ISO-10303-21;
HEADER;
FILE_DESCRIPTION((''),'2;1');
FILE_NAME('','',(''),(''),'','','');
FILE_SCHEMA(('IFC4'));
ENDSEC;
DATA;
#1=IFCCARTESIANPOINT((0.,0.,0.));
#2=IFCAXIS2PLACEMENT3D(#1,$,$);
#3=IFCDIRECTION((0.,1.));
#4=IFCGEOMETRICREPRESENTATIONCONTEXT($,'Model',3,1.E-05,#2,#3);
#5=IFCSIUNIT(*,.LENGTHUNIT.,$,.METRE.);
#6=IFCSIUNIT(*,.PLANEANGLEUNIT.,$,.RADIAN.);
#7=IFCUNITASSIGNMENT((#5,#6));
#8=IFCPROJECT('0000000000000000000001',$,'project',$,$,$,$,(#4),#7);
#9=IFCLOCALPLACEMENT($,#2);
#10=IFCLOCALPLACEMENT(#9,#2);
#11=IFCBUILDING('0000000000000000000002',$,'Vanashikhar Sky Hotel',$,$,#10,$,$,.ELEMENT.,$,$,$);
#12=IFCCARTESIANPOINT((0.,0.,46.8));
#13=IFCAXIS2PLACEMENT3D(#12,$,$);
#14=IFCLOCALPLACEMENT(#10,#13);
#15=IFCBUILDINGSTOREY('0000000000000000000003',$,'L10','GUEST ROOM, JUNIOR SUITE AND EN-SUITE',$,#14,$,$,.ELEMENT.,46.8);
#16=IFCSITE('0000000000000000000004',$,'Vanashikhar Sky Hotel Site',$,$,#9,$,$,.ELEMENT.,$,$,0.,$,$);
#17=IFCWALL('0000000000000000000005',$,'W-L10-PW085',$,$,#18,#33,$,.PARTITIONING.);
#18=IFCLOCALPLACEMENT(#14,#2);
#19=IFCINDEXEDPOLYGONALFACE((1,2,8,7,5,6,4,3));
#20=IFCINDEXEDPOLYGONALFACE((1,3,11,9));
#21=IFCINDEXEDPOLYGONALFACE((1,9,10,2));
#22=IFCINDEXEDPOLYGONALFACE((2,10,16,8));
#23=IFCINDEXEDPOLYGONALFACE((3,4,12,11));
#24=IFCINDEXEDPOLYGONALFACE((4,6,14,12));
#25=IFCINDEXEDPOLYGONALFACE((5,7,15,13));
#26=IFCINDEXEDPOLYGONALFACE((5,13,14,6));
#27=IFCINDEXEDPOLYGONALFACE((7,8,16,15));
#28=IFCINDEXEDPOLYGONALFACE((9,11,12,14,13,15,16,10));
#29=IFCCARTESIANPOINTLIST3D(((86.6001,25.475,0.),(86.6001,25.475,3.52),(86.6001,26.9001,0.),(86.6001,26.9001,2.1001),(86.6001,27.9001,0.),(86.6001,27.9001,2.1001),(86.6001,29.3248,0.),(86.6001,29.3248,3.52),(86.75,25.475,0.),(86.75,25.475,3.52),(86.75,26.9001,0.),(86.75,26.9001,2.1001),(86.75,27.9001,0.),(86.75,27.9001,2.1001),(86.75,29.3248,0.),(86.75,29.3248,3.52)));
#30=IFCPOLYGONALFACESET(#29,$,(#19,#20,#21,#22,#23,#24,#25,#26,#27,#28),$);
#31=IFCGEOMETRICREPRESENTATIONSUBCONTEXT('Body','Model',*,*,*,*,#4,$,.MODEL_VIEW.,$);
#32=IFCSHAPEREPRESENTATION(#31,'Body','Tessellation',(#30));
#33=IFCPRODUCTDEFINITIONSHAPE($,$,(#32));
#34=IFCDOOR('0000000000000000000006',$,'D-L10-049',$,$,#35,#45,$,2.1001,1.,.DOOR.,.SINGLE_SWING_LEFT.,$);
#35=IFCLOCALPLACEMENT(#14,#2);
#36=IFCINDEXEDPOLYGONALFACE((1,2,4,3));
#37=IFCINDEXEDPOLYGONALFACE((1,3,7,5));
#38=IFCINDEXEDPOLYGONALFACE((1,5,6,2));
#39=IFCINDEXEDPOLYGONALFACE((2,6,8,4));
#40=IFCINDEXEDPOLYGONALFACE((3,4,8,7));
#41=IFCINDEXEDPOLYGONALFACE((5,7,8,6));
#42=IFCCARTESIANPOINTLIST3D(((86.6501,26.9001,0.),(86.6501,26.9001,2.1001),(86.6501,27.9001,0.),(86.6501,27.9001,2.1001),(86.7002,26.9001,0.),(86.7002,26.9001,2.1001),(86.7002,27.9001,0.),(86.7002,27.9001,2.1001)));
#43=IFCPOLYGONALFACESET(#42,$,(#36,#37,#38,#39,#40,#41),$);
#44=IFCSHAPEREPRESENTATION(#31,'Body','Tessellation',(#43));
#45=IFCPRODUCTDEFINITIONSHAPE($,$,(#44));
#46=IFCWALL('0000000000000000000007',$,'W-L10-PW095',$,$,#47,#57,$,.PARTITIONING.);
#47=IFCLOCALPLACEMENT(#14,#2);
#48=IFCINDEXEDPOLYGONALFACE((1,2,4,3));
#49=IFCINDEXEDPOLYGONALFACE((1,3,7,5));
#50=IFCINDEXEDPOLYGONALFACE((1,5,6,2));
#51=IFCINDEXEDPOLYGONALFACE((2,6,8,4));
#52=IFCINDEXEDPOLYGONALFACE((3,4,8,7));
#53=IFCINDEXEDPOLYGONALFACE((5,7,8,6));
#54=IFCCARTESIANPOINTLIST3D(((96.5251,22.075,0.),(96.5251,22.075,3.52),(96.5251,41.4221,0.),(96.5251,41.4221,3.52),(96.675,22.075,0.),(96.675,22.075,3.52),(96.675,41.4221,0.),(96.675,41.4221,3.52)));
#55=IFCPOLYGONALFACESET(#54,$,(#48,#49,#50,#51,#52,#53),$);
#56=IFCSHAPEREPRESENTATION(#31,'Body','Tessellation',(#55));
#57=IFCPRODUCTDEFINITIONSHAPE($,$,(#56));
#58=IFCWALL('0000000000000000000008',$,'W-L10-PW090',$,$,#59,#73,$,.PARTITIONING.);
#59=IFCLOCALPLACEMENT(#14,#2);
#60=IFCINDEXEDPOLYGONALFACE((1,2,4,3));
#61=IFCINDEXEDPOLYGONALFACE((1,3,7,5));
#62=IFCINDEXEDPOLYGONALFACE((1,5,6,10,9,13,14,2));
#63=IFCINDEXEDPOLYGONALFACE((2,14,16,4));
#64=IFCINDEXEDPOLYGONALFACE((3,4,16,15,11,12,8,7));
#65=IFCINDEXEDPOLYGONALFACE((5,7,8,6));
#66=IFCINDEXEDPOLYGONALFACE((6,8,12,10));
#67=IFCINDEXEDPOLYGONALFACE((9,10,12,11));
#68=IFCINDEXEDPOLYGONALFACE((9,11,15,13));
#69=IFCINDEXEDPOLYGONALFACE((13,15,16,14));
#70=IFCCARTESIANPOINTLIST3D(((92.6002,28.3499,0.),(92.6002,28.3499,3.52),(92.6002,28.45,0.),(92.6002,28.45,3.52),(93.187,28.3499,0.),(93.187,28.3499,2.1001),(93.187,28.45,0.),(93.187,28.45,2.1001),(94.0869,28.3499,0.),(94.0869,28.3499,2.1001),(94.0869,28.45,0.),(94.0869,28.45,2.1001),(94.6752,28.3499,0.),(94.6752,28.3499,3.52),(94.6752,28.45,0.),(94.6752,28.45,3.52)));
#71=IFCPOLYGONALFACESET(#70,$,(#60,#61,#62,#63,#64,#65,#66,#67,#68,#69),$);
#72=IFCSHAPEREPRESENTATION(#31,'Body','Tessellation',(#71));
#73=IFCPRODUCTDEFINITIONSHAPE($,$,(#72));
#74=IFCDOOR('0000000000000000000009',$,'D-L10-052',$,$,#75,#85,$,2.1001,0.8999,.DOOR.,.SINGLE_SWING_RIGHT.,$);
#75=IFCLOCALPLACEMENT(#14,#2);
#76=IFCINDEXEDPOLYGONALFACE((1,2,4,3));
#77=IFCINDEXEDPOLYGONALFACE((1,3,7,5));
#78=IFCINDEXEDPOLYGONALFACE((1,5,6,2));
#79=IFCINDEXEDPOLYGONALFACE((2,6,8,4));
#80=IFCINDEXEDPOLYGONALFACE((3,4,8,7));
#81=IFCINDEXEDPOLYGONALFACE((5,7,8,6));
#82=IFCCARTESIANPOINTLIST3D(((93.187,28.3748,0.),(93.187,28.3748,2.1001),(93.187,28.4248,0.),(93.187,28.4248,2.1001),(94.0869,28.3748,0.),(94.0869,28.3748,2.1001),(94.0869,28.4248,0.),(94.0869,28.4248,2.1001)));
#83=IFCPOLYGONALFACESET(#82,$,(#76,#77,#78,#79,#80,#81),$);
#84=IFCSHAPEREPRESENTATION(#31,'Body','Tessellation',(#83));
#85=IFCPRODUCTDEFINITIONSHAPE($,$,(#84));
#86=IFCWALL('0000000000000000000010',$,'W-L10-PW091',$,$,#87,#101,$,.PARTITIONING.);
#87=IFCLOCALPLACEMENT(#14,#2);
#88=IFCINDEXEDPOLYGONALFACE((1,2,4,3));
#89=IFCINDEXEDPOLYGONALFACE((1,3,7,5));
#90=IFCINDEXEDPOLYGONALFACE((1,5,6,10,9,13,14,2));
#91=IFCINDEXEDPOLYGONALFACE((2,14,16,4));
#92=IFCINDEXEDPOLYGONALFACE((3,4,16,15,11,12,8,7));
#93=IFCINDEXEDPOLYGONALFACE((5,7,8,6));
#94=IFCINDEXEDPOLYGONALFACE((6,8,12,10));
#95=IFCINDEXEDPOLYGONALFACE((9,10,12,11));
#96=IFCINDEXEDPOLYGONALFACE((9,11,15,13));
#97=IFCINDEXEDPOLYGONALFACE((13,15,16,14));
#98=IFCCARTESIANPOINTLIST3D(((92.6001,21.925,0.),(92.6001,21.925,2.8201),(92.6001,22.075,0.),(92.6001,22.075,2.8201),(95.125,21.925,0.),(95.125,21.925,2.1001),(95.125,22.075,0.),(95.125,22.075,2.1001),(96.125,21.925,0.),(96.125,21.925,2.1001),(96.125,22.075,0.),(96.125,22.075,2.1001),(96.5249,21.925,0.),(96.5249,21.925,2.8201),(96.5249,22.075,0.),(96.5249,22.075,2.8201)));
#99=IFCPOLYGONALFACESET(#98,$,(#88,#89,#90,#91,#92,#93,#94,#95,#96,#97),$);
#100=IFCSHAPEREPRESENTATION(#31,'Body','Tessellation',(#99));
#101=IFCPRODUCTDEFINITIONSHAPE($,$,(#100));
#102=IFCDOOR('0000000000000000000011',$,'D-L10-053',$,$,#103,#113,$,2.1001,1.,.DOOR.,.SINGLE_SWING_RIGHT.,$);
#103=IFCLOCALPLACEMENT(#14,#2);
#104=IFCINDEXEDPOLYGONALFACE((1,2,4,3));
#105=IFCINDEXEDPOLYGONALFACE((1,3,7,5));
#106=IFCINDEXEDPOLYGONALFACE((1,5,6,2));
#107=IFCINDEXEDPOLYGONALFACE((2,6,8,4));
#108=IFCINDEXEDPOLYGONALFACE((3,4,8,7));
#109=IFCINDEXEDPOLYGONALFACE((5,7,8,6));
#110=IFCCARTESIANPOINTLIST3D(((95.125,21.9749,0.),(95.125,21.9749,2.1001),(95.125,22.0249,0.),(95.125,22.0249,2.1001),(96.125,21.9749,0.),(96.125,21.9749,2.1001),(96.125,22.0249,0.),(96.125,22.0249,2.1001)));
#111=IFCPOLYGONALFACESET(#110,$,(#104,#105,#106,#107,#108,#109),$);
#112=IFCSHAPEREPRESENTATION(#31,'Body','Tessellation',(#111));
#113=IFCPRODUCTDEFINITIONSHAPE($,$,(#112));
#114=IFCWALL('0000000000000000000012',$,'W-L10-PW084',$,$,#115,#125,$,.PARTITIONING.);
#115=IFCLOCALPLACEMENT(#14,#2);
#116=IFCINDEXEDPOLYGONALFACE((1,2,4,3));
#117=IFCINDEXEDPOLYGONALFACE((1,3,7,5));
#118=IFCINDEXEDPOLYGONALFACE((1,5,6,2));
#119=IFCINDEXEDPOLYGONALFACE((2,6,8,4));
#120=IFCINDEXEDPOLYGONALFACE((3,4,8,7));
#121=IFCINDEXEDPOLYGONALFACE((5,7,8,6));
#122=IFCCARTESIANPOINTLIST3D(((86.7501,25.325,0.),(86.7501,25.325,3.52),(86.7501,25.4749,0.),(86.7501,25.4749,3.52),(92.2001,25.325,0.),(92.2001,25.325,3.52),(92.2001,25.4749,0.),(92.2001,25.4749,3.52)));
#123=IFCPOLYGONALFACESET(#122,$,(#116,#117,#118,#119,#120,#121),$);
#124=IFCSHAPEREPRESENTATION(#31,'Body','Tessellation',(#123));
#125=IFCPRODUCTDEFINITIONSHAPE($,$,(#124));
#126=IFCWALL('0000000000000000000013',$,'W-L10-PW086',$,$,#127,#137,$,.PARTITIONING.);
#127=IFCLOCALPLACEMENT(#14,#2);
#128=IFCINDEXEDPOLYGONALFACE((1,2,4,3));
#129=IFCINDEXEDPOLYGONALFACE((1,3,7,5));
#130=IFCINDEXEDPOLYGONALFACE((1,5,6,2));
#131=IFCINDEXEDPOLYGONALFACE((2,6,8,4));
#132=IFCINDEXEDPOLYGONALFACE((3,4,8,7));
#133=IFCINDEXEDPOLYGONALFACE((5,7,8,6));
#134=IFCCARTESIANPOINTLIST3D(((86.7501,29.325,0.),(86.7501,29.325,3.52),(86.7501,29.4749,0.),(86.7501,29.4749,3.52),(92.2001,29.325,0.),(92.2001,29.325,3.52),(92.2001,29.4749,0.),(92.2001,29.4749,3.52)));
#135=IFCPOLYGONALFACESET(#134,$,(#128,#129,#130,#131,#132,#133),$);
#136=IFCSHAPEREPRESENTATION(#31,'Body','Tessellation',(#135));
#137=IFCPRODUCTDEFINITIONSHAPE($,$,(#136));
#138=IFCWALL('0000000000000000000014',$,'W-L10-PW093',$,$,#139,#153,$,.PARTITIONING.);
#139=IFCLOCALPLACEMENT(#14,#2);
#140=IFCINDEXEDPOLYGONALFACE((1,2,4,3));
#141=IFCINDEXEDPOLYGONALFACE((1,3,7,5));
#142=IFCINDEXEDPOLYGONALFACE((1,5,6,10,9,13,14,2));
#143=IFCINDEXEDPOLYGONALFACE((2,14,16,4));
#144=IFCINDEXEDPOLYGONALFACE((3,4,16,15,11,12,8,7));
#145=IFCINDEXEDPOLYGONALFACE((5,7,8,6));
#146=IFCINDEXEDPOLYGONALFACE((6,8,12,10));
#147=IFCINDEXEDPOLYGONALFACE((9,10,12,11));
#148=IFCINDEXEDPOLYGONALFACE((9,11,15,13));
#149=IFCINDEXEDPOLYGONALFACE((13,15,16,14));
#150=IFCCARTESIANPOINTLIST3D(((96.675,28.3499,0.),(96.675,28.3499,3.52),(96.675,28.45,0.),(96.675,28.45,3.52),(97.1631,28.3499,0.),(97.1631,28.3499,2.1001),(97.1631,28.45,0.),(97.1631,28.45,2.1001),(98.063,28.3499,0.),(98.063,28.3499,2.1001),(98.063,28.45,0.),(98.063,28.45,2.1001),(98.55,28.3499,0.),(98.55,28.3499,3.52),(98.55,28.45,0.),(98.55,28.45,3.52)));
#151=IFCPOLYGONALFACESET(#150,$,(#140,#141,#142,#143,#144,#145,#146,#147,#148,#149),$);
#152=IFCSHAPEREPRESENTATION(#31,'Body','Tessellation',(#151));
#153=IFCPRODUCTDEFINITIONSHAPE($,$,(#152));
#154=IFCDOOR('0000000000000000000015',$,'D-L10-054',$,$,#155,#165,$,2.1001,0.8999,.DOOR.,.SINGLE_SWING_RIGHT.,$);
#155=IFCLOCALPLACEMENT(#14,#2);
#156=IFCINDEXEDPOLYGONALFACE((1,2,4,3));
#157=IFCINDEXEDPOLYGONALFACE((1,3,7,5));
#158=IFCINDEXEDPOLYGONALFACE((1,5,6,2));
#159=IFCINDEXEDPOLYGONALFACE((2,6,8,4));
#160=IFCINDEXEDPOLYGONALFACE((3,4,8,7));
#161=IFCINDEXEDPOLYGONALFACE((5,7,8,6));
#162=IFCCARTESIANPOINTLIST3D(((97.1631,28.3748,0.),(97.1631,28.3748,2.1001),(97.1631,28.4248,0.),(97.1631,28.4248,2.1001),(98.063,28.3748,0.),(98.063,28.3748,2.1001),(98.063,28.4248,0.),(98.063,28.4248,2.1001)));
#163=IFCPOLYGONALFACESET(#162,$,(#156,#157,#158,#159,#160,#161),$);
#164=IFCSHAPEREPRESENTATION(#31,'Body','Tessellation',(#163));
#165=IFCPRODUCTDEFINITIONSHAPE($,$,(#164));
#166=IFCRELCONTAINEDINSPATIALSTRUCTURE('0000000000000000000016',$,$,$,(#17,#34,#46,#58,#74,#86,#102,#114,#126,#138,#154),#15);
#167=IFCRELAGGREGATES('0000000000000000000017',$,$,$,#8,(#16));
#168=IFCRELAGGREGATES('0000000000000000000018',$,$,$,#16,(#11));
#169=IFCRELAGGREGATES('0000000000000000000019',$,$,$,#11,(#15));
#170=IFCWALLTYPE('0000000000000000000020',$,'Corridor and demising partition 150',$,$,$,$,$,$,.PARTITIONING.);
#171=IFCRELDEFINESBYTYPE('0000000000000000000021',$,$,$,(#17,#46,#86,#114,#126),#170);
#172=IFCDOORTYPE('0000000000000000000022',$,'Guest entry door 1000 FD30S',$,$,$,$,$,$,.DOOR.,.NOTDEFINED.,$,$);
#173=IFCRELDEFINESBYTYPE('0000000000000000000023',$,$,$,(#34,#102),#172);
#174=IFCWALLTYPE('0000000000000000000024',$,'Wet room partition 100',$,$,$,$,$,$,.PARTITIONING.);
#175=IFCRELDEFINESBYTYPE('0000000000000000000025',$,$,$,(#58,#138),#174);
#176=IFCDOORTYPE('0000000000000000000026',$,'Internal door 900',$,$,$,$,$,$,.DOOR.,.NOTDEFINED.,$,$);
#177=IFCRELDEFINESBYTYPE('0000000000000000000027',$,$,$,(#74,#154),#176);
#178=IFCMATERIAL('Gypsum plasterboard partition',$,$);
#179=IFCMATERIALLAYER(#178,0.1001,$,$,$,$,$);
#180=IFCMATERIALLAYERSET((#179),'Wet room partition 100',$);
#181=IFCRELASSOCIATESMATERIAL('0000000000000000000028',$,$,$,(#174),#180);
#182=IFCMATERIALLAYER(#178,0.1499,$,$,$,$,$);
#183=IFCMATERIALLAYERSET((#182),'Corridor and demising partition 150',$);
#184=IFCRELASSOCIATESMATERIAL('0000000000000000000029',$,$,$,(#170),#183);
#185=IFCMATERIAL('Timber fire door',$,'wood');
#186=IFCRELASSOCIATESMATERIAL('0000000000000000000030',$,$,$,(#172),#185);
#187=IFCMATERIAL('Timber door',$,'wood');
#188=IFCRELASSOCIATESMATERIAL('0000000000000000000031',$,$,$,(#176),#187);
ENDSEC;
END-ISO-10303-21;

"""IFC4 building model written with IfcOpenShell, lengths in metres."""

from ifc_helpers import new_model, si_unit, direction, frame, frame_2d, origin, place, context, subcontext, project, spatial, rectangle, extrude, source, transform, mapped, material, layer, layer_set, type_object, element, fill, save


model = new_model("IFC4")

# Units and contexts
model_context = context("Model", 3, precision=1e-05, world=origin(), true_north=direction((0.0, 1.0)))
body_context = subcontext(model_context, "Body", "Model", "MODEL_VIEW")
ifc_project = project(units=[si_unit("LENGTHUNIT", "METRE"), si_unit("PLANEANGLEUNIT", "RADIAN")], contexts=[model_context])

# Site, building, storey
site_placement = place(None, origin())
site = spatial("IfcSite", under=ifc_project, at=site_placement, Name="Vanashikhar Sky Hotel Site", CompositionType="ELEMENT", RefElevation=0.0)
building_placement = place(site_placement, origin())
building = spatial("IfcBuilding", under=site, at=building_placement, Name="Vanashikhar Sky Hotel", CompositionType="ELEMENT")
storey_placement = place(building_placement, frame((0.0, 0.0, 46.8)))
storey = spatial("IfcBuildingStorey", under=building, at=storey_placement, Name="L10", Description="GUEST ROOM, JUNIOR SUITE AND EN-SUITE", CompositionType="ELEMENT", Elevation=46.8)

# Shared definitions
ifc_material_1 = material(Name="Gypsum plasterboard partition")
ifc_layer_1 = layer(ifc_material_1, 0.1001)
ifc_layer_set_1 = layer_set([ifc_layer_1], Name="Wet room partition 100")
wall_type_1 = type_object("IfcWallType", Name="Wet room partition 100", PredefinedType="PARTITIONING", material=ifc_layer_set_1)

# Wall, opening, door
ifc_layer_2 = layer(ifc_material_1, 0.1499)
ifc_layer_set_2 = layer_set([ifc_layer_2], Name="Corridor and demising partition 150")
wall_type_2 = type_object("IfcWallType", Name="Corridor and demising partition 150", PredefinedType="PARTITIONING", material=ifc_layer_set_2)
shared_shape_1 = source(origin(), body_context, "Body", "SweptSolid", [
    extrude(rectangle(XDim=1.0, YDim=2.1001, at=frame_2d((0.5, 1.05))), frame((0.0, 0.085, 0.0), z_axis=(0.0, -1.0, 0.0), x_axis=(1.0, 0.0, 0.0)), (0.0, 0.0, 1.0), 0.1699),
])
ifc_material_2 = material(Name="Timber fire door", Category="wood")
door_type_1 = type_object("IfcDoorType", Name="Guest entry door 1000 FD30S", OperationType="NOTDEFINED", PredefinedType="DOOR", material=ifc_material_2)
shared_shape_2 = source(origin(), body_context, "Body", "SweptSolid", [
    extrude(rectangle(XDim=1.0, YDim=2.1001, at=frame_2d((0.5, 1.05))), frame((0.0, 0.0249, 0.0), z_axis=(0.0, -1.0, 0.0), x_axis=(1.0, 0.0, 0.0)), (0.0, 0.0, 1.0), 0.05),
])
shared_shape_3 = source(origin(), body_context, "Body", "SweptSolid", [
    extrude(rectangle(XDim=3.8499, YDim=0.1499, at=frame_2d((1.9248, 0.0))), origin(), (0.0, 0.0, 1.0), 3.52),
])
wall_1_placement = place(storey_placement, frame((86.675, 25.4751, 0.0), z_axis=(0.0, 0.0, 1.0), x_axis=(0.0, 1.0, 0.0)))
wall_1 = element("IfcWall", 1, at=wall_1_placement, inside=storey, type_object=wall_type_2, Name="W-L10-PW085", PredefinedType="PARTITIONING", context=body_context, shape_type="MappedRepresentation", body=[
    mapped(shared_shape_3, transform((0.0, 0.0, 0.0), scale=1.0)),
])
opening_1_placement = place(wall_1_placement, frame((1.425, 0.0, 0.0)))
opening_1 = element("IfcOpeningElement", 2, at=opening_1_placement, cuts=wall_1, PredefinedType="OPENING", context=body_context, shape_type="MappedRepresentation", body=[
    mapped(shared_shape_1, transform((0.0, 0.0, 0.0), scale=1.0)),
])
door_1_placement = place(opening_1_placement, origin())
door_1 = element("IfcDoor", 3, at=door_1_placement, inside=storey, type_object=door_type_1, Name="D-L10-049", OperationType="SINGLE_SWING_LEFT", OverallHeight=2.1001, OverallWidth=1.0, PredefinedType="DOOR", context=body_context, shape_type="MappedRepresentation", body=[
    mapped(shared_shape_2, transform((0.0, 0.0, 0.0), scale=1.0)),
])
fill(opening_1, door_1)

# Wall
shared_shape_4 = source(origin(), body_context, "Body", "SweptSolid", [
    extrude(rectangle(XDim=19.3472, YDim=0.1499, at=frame_2d((9.6736, 0.0))), origin(), (0.0, 0.0, 1.0), 3.52),
])
wall_2_placement = place(storey_placement, frame((96.6001, 22.075, 0.0), z_axis=(0.0, 0.0, 1.0), x_axis=(0.0, 1.0, 0.0)))
element("IfcWall", 4, at=wall_2_placement, inside=storey, type_object=wall_type_2, Name="W-L10-PW095", PredefinedType="PARTITIONING", context=body_context, shape_type="MappedRepresentation", body=[
    mapped(shared_shape_4, transform((0.0, 0.0, 0.0), scale=1.0)),
])

# Walls, openings, doors
shared_shape_5 = source(origin(), body_context, "Body", "SweptSolid", [
    extrude(rectangle(XDim=2.075, YDim=0.1001, at=frame_2d((1.0376, 0.0))), origin(), (0.0, 0.0, 1.0), 3.52),
])
wall_3_placement = place(storey_placement, frame((92.6001, 28.3999, 0.0), z_axis=(0.0, 0.0, 1.0), x_axis=(1.0, 0.0, 0.0)))
wall_3 = element("IfcWall", 5, at=wall_3_placement, inside=storey, type_object=wall_type_1, Name="W-L10-PW090", PredefinedType="PARTITIONING", context=body_context, shape_type="MappedRepresentation", body=[
    mapped(shared_shape_5, transform((0.0, 0.0, 0.0), scale=1.0)),
])
shared_shape_6 = source(origin(), body_context, "Body", "SweptSolid", [
    extrude(rectangle(XDim=0.8999, YDim=2.1001, at=frame_2d((0.45, 1.05))), frame((0.0, 0.0601, 0.0), z_axis=(0.0, -1.0, 0.0), x_axis=(1.0, 0.0, 0.0)), (0.0, 0.0, 1.0), 0.1201),
])
opening_2_placement = place(wall_3_placement, frame((0.5869, 0.0, 0.0)))
opening_2 = element("IfcOpeningElement", 6, at=opening_2_placement, cuts=wall_3, PredefinedType="OPENING", context=body_context, shape_type="MappedRepresentation", body=[
    mapped(shared_shape_6, transform((0.0, 0.0, 0.0), scale=1.0)),
])
ifc_material_3 = material(Name="Timber door", Category="wood")
door_type_2 = type_object("IfcDoorType", Name="Internal door 900", OperationType="NOTDEFINED", PredefinedType="DOOR", material=ifc_material_3)
shared_shape_7 = source(origin(), body_context, "Body", "SweptSolid", [
    extrude(rectangle(XDim=0.8999, YDim=2.1001, at=frame_2d((0.45, 1.05))), frame((0.0, 0.0249, 0.0), z_axis=(0.0, -1.0, 0.0), x_axis=(1.0, 0.0, 0.0)), (0.0, 0.0, 1.0), 0.05),
])
door_2_placement = place(opening_2_placement, origin())
door_2 = element("IfcDoor", 7, at=door_2_placement, inside=storey, type_object=door_type_2, Name="D-L10-052", OperationType="SINGLE_SWING_RIGHT", OverallHeight=2.1001, OverallWidth=0.8999, PredefinedType="DOOR", context=body_context, shape_type="MappedRepresentation", body=[
    mapped(shared_shape_7, transform((0.0, 0.0, 0.0), scale=1.0)),
])
fill(opening_2, door_2)
shared_shape_8 = source(origin(), body_context, "Body", "SweptSolid", [
    extrude(rectangle(XDim=3.9248, YDim=0.1499, at=frame_2d((1.9624, 0.0))), origin(), (0.0, 0.0, 1.0), 2.8201),
])
wall_4_placement = place(storey_placement, frame((92.6001, 22.0, 0.0), z_axis=(0.0, 0.0, 1.0), x_axis=(1.0, 0.0, 0.0)))
wall_4 = element("IfcWall", 8, at=wall_4_placement, inside=storey, type_object=wall_type_2, Name="W-L10-PW091", PredefinedType="PARTITIONING", context=body_context, shape_type="MappedRepresentation", body=[
    mapped(shared_shape_8, transform((0.0, 0.0, 0.0), scale=1.0)),
])
opening_3_placement = place(wall_4_placement, frame((2.5249, 0.0, 0.0)))
opening_3 = element("IfcOpeningElement", 9, at=opening_3_placement, cuts=wall_4, PredefinedType="OPENING", context=body_context, shape_type="MappedRepresentation", body=[
    mapped(shared_shape_1, transform((0.0, 0.0, 0.0), scale=1.0)),
])
door_3_placement = place(opening_3_placement, origin())
door_3 = element("IfcDoor", 10, at=door_3_placement, inside=storey, type_object=door_type_1, Name="D-L10-053", OperationType="SINGLE_SWING_RIGHT", OverallHeight=2.1001, OverallWidth=1.0, PredefinedType="DOOR", context=body_context, shape_type="MappedRepresentation", body=[
    mapped(shared_shape_2, transform((0.0, 0.0, 0.0), scale=1.0)),
])
fill(opening_3, door_3)

# Walls
shared_shape_9 = source(origin(), body_context, "Body", "SweptSolid", [
    extrude(rectangle(XDim=5.45, YDim=0.1499, at=frame_2d((2.7251, 0.0))), origin(), (0.0, 0.0, 1.0), 3.52),
])
for number, where, z_axis, x_axis, name in (
    (11, (86.75, 25.3999, 0.0), (0.0, 0.0, 1.0), (1.0, 0.0, 0.0), "W-L10-PW084"),
    (12, (86.75, 29.3999, 0.0), (0.0, 0.0, 1.0), (1.0, 0.0, 0.0), "W-L10-PW086"),
):
    element("IfcWall", number, at=place(storey_placement, frame(where, z_axis=z_axis, x_axis=x_axis)), inside=storey, type_object=wall_type_2, Name=name, PredefinedType="PARTITIONING", context=body_context, shape_type="MappedRepresentation", body=[
        mapped(shared_shape_9, transform((0.0, 0.0, 0.0), scale=1.0)),
    ])

# Wall, opening, door
shared_shape_10 = source(origin(), body_context, "Body", "SweptSolid", [
    extrude(rectangle(XDim=1.875, YDim=0.1001, at=frame_2d((0.9375, 0.0))), origin(), (0.0, 0.0, 1.0), 3.52),
])
wall_5_placement = place(storey_placement, frame((96.675, 28.3999, 0.0), z_axis=(0.0, 0.0, 1.0), x_axis=(1.0, 0.0, 0.0)))
wall_5 = element("IfcWall", 13, at=wall_5_placement, inside=storey, type_object=wall_type_1, Name="W-L10-PW093", PredefinedType="PARTITIONING", context=body_context, shape_type="MappedRepresentation", body=[
    mapped(shared_shape_10, transform((0.0, 0.0, 0.0), scale=1.0)),
])
opening_4_placement = place(wall_5_placement, frame((0.488, 0.0, 0.0)))
opening_4 = element("IfcOpeningElement", 14, at=opening_4_placement, cuts=wall_5, PredefinedType="OPENING", context=body_context, shape_type="MappedRepresentation", body=[
    mapped(shared_shape_6, transform((0.0, 0.0, 0.0), scale=1.0)),
])
door_4_placement = place(opening_4_placement, origin())
door_4 = element("IfcDoor", 15, at=door_4_placement, inside=storey, type_object=door_type_2, Name="D-L10-054", OperationType="SINGLE_SWING_RIGHT", OverallHeight=2.1001, OverallWidth=0.8999, PredefinedType="DOOR", context=body_context, shape_type="MappedRepresentation", body=[
    mapped(shared_shape_7, transform((0.0, 0.0, 0.0), scale=1.0)),
])
fill(opening_4, door_4)

save(model, "model.ifc")
